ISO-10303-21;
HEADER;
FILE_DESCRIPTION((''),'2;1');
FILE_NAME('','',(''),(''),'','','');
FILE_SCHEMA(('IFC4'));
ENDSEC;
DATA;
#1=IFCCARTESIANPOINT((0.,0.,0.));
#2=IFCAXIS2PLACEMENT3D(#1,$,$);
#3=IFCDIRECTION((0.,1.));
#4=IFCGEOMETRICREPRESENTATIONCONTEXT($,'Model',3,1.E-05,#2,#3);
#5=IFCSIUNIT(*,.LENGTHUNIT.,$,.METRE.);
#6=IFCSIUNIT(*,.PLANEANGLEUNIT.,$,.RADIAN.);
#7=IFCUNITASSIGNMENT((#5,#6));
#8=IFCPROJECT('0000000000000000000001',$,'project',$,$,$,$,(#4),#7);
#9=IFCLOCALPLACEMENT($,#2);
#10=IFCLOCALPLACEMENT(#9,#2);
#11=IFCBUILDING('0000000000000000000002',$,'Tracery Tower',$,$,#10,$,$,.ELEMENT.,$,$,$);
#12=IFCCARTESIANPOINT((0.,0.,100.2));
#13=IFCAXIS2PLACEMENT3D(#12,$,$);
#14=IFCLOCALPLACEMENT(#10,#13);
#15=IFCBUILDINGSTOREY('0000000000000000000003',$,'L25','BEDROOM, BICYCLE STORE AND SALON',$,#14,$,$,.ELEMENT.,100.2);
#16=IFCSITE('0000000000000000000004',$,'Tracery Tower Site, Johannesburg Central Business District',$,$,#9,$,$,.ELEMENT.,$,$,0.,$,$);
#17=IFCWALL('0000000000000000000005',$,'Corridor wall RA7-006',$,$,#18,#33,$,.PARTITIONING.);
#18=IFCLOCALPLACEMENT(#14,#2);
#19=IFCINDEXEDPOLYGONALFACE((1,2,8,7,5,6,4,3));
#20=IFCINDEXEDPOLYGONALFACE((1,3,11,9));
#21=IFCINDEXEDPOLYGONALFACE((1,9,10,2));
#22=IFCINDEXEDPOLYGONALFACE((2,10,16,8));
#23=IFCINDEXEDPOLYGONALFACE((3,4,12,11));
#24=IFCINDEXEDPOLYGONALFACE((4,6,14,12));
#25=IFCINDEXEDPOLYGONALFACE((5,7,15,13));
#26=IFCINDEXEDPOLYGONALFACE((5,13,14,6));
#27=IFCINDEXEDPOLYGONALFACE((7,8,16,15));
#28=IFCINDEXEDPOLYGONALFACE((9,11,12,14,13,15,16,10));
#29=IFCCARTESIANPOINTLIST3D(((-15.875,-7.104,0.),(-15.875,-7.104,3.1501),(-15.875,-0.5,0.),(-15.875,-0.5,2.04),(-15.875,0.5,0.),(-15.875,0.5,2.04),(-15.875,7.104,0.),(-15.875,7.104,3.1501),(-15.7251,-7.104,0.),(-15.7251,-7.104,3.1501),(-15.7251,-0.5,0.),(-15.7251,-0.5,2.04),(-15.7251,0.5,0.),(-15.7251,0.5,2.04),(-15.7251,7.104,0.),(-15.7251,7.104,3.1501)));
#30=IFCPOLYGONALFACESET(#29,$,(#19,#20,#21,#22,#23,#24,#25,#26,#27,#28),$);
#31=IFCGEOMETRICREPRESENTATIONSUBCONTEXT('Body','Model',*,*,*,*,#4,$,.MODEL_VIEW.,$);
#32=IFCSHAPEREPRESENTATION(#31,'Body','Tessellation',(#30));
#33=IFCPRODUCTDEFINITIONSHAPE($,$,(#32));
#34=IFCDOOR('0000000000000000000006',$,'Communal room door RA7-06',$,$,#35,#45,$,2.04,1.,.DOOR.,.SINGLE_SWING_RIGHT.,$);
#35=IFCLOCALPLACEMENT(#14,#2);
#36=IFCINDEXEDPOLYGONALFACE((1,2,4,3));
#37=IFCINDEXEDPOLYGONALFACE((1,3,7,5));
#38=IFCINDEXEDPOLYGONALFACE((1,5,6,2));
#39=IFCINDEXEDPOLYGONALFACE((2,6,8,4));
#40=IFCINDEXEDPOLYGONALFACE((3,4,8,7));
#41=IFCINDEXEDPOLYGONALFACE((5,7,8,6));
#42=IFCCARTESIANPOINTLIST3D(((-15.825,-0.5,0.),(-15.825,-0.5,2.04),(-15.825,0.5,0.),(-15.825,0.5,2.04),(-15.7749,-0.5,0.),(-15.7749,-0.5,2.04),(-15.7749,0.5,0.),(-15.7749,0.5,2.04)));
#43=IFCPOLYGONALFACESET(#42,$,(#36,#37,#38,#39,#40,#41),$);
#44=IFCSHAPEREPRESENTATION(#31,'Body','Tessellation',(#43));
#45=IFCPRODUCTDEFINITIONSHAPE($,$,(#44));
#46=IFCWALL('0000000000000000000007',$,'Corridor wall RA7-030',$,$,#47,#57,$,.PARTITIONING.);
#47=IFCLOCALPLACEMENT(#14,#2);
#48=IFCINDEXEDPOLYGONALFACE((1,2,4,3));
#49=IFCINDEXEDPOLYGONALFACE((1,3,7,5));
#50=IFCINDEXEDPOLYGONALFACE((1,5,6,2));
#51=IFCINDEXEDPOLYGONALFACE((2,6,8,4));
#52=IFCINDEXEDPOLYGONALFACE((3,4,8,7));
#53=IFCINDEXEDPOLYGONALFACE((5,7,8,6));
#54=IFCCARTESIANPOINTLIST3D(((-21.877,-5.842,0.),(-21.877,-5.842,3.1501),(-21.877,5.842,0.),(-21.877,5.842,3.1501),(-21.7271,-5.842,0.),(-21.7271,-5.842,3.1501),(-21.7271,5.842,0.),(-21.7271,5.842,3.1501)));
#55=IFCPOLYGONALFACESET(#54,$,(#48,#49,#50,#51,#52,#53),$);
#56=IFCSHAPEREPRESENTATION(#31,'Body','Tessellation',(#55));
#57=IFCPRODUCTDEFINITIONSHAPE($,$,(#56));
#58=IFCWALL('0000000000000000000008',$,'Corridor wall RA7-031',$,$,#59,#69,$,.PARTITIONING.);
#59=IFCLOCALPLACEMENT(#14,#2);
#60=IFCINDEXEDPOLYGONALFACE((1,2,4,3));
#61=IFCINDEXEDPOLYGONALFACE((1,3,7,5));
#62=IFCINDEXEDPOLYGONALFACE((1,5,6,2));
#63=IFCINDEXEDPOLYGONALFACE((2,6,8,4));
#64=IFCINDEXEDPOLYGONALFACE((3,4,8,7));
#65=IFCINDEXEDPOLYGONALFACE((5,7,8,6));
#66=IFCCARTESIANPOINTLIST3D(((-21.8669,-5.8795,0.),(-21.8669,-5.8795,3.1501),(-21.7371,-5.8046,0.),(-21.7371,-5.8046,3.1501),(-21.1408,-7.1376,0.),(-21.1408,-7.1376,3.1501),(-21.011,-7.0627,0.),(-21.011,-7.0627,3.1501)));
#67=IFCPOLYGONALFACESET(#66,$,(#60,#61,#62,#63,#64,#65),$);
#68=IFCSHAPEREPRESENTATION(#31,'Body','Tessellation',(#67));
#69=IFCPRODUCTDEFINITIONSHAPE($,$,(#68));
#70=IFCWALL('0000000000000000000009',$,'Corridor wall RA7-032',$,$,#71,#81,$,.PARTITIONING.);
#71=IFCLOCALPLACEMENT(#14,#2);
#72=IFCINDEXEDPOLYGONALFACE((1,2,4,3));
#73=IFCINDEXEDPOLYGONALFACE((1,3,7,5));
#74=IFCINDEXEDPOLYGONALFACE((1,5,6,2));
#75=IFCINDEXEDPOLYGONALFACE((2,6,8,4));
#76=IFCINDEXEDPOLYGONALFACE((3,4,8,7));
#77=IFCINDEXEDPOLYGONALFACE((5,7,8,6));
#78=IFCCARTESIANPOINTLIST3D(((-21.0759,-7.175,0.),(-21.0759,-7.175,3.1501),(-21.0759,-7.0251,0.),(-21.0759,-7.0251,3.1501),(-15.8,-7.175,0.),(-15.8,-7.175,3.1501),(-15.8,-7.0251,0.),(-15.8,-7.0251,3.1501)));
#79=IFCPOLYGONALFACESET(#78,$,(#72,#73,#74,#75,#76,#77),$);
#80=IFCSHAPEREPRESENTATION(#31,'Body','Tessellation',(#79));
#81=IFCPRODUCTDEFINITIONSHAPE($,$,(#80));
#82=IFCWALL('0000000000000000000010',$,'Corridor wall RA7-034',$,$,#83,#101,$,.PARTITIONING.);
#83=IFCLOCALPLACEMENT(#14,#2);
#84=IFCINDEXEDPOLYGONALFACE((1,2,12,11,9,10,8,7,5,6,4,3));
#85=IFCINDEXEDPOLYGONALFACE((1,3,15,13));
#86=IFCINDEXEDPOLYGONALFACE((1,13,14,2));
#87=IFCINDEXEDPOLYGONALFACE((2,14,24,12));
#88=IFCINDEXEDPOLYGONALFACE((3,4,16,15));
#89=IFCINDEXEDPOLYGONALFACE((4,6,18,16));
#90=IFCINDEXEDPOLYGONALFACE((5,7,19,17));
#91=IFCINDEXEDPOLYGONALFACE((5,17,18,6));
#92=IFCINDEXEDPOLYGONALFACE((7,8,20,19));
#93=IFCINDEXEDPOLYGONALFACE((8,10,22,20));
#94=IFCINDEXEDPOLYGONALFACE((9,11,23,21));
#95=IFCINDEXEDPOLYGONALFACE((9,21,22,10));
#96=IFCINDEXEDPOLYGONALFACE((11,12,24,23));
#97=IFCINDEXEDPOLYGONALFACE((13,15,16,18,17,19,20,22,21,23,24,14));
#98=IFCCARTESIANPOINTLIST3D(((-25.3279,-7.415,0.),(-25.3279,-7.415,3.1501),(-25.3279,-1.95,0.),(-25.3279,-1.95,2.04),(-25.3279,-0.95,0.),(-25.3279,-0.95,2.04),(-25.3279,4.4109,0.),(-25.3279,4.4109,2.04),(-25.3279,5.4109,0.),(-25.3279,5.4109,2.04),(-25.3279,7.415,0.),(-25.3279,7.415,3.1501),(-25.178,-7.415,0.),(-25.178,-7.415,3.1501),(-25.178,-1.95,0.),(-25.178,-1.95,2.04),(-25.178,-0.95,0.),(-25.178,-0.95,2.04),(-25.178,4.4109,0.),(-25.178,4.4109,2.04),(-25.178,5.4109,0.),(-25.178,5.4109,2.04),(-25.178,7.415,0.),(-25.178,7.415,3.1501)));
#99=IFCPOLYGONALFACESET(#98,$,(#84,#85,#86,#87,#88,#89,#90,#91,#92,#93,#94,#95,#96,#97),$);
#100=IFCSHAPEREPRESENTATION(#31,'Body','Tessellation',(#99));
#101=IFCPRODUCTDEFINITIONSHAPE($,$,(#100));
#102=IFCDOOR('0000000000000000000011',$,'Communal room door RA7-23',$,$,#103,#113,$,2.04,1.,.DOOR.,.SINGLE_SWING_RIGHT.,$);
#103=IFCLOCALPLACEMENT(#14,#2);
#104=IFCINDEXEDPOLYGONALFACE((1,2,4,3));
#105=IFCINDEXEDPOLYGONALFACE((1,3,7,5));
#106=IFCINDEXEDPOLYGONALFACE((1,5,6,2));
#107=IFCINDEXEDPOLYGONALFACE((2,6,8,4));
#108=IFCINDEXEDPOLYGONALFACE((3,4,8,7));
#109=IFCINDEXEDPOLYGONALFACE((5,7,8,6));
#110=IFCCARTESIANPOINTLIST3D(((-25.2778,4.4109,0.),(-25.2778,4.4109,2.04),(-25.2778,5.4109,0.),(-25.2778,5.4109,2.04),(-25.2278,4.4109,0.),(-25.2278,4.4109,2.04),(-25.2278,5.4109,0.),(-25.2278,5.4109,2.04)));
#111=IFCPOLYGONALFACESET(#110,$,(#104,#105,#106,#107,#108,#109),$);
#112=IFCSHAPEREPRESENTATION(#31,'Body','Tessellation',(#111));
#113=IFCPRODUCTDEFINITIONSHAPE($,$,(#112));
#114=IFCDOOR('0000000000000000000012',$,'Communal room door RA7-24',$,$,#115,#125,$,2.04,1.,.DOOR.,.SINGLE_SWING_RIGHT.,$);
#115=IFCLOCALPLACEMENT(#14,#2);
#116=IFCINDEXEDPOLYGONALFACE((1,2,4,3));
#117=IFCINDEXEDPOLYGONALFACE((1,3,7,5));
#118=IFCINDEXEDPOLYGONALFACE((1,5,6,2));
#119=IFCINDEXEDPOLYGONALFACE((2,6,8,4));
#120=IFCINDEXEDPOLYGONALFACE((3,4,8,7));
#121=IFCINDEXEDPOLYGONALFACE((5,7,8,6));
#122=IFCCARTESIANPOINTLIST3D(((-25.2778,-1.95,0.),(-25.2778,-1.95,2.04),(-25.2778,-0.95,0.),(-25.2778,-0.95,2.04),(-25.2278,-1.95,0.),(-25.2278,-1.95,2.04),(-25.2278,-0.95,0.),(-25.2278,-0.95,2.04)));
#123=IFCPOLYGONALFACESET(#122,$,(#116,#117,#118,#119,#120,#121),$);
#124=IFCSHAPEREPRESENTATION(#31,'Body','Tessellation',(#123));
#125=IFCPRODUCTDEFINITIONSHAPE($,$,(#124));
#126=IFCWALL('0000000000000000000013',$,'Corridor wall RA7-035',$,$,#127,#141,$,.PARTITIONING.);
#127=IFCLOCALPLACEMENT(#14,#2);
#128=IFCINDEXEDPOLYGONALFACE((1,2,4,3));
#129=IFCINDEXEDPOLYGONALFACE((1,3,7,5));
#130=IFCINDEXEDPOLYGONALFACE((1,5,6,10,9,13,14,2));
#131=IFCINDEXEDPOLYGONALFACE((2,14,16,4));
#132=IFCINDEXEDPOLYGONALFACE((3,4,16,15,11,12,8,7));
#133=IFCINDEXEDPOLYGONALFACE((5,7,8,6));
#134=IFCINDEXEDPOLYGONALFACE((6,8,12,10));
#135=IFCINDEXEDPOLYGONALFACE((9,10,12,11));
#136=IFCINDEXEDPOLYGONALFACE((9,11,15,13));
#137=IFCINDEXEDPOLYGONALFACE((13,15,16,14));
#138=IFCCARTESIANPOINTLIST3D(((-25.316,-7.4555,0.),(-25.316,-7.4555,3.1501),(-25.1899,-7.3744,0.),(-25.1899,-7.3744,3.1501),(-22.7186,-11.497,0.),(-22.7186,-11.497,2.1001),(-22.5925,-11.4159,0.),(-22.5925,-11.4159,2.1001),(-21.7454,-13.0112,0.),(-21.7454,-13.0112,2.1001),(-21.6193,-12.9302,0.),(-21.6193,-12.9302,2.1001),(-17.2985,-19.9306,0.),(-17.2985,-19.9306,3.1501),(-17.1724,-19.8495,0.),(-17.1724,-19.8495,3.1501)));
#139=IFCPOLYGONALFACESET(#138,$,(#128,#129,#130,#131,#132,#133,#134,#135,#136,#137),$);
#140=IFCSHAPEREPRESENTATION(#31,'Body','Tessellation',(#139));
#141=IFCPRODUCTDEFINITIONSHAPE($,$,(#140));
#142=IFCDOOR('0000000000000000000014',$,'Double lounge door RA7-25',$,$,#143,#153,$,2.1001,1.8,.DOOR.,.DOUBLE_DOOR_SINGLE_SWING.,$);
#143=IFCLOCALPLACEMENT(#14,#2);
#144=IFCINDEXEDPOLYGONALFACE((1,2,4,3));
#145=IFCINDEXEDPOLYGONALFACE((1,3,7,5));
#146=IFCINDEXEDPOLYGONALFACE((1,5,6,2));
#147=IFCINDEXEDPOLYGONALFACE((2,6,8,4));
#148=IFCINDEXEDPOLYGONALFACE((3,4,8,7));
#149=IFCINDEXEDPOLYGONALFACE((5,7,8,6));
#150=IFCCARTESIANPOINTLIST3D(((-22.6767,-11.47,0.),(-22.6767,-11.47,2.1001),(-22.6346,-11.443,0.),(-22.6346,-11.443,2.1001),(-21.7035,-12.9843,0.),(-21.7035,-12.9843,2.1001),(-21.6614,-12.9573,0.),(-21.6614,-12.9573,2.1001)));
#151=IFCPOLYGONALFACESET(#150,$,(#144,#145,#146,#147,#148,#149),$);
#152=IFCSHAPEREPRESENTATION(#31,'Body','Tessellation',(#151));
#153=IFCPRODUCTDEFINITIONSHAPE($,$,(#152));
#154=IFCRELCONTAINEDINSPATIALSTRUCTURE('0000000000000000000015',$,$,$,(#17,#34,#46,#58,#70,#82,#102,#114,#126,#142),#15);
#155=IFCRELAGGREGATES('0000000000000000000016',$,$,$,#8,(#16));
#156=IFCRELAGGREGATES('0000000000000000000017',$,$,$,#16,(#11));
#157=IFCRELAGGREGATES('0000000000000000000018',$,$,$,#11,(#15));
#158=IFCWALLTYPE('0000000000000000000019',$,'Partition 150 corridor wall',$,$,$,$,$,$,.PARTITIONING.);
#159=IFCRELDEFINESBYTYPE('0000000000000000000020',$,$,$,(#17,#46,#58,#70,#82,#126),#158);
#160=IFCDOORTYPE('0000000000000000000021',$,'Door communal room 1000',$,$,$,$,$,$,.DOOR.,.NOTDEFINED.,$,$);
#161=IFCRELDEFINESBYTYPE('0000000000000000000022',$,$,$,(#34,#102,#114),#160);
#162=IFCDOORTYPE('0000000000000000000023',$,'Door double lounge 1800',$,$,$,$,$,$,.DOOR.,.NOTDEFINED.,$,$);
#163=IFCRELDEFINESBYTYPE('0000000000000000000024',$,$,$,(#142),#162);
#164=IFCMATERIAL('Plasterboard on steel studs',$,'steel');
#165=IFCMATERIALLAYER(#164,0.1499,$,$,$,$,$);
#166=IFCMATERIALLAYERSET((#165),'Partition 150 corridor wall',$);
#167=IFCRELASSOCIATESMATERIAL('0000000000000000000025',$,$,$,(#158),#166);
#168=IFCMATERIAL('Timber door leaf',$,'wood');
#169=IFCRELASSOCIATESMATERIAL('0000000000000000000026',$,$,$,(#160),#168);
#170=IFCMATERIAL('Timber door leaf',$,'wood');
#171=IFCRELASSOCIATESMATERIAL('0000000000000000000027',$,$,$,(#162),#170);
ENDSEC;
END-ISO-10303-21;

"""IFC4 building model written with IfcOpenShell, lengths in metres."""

from ifc_helpers import new_model, si_unit, direction, frame, frame_2d, origin, place, context, subcontext, project, spatial, rectangle, extrude, material, layer, layer_set, type_object, element, fill, save


model = new_model("IFC4")

# Units and contexts
model_context = context("Model", 3, precision=1e-05, world=origin(), true_north=direction((0.0, 1.0)))
body_context = subcontext(model_context, "Body", "Model", "MODEL_VIEW")
ifc_project = project(units=[si_unit("LENGTHUNIT", "METRE"), si_unit("PLANEANGLEUNIT", "RADIAN")], contexts=[model_context])

# Site, building, storey
site_placement = place(None, origin())
site = spatial("IfcSite", under=ifc_project, at=site_placement, Name="Tracery Tower Site, Johannesburg Central Business District", CompositionType="ELEMENT", RefElevation=0.0)
building_placement = place(site_placement, origin())
building = spatial("IfcBuilding", under=site, at=building_placement, Name="Tracery Tower", CompositionType="ELEMENT")
storey_placement = place(building_placement, frame((0.0, 0.0, 100.2)))
storey = spatial("IfcBuildingStorey", under=building, at=storey_placement, Name="L25", Description="BEDROOM, BICYCLE STORE AND SALON", CompositionType="ELEMENT", Elevation=100.2)

# Wall, opening, door
ifc_material_1 = material(Name="Plasterboard on steel studs", Category="steel")
ifc_layer_1 = layer(ifc_material_1, 0.1499)
ifc_layer_set_1 = layer_set([ifc_layer_1], Name="Partition 150 corridor wall")
wall_type_1 = type_object("IfcWallType", Name="Partition 150 corridor wall", PredefinedType="PARTITIONING", material=ifc_layer_set_1)
ifc_material_2 = material(Name="Timber door leaf", Category="wood")
door_type_1 = type_object("IfcDoorType", Name="Door communal room 1000", OperationType="NOTDEFINED", PredefinedType="DOOR", material=ifc_material_2)
wall_1_placement = place(storey_placement, frame((-15.8, -7.104, 0.0), z_axis=(0.0, 0.0, 1.0), x_axis=(0.0, 1.0, 0.0)))
wall_1 = element("IfcWall", 1, at=wall_1_placement, inside=storey, type_object=wall_type_1, Name="Corridor wall RA7-006", PredefinedType="PARTITIONING", context=body_context, shape_type="SweptSolid", body=[
    extrude(rectangle(XDim=14.208, YDim=0.1499, at=frame_2d((7.104, 0.0))), origin(), (0.0, 0.0, 1.0), 3.1501),
])
opening_1_placement = place(wall_1_placement, frame((6.604, 0.0, 0.0)))
opening_1 = element("IfcOpeningElement", 2, at=opening_1_placement, cuts=wall_1, PredefinedType="OPENING", context=body_context, shape_type="SweptSolid", body=[
    extrude(rectangle(XDim=1.0, YDim=2.04, at=frame_2d((0.5, 1.02))), frame((0.0, 0.075, 0.0), z_axis=(0.0, -1.0, 0.0), x_axis=(1.0, 0.0, 0.0)), (0.0, 0.0, 1.0), 0.1499),
])
door_1_placement = place(opening_1_placement, origin())
door_1 = element("IfcDoor", 3, at=door_1_placement, inside=storey, type_object=door_type_1, Name="Communal room door RA7-06", OperationType="SINGLE_SWING_RIGHT", OverallHeight=2.04, OverallWidth=1.0, PredefinedType="DOOR", context=body_context, shape_type="SweptSolid", body=[
    extrude(rectangle(XDim=1.0, YDim=2.04, at=frame_2d((0.5, 1.02))), frame((0.0, 0.0249, 0.0), z_axis=(0.0, -1.0, 0.0), x_axis=(1.0, 0.0, 0.0)), (0.0, 0.0, 1.0), 0.05),
])
fill(opening_1, door_1)

# Walls
wall_2_placement = place(storey_placement, frame((-21.802, -5.842, 0.0), z_axis=(0.0, 0.0, 1.0), x_axis=(0.0, 1.0, 0.0)))
element("IfcWall", 4, at=wall_2_placement, inside=storey, type_object=wall_type_1, Name="Corridor wall RA7-030", PredefinedType="PARTITIONING", context=body_context, shape_type="SweptSolid", body=[
    extrude(rectangle(XDim=11.6841, YDim=0.1499, at=frame_2d((5.842, 0.0))), origin(), (0.0, 0.0, 1.0), 3.1501),
])
wall_3_placement = place(storey_placement, frame((-21.802, -5.842, 0.0), z_axis=(0.0, 0.0, 1.0), x_axis=(0.499863, -0.866104, 0.0)))
element("IfcWall", 5, at=wall_3_placement, inside=storey, type_object=wall_type_1, Name="Corridor wall RA7-031", PredefinedType="PARTITIONING", context=body_context, shape_type="SweptSolid", body=[
    extrude(rectangle(XDim=1.4526, YDim=0.1499, at=frame_2d((0.7263, 0.0))), origin(), (0.0, 0.0, 1.0), 3.1501),
])
wall_4_placement = place(storey_placement, frame((-21.0759, -7.1001, 0.0), z_axis=(0.0, 0.0, 1.0), x_axis=(1.0, 0.0, 0.0)))
element("IfcWall", 6, at=wall_4_placement, inside=storey, type_object=wall_type_1, Name="Corridor wall RA7-032", PredefinedType="PARTITIONING", context=body_context, shape_type="SweptSolid", body=[
    extrude(rectangle(XDim=5.2759, YDim=0.1499, at=frame_2d((2.6379, 0.0))), origin(), (0.0, 0.0, 1.0), 3.1501),
])

# Wall, openings, doors
wall_5_placement = place(storey_placement, frame((-25.2529, -7.415, 0.0), z_axis=(0.0, 0.0, 1.0), x_axis=(0.0, 1.0, 0.0)))
wall_5 = element("IfcWall", 7, at=wall_5_placement, inside=storey, type_object=wall_type_1, Name="Corridor wall RA7-034", PredefinedType="PARTITIONING", context=body_context, shape_type="SweptSolid", body=[
    extrude(rectangle(XDim=14.8301, YDim=0.1499, at=frame_2d((7.415, 0.0))), origin(), (0.0, 0.0, 1.0), 3.1501),
])
opening_2_placement = place(wall_5_placement, frame((11.8259, 0.0, 0.0)))
opening_2 = element("IfcOpeningElement", 8, at=opening_2_placement, cuts=wall_5, PredefinedType="OPENING", context=body_context, shape_type="SweptSolid", body=[
    extrude(rectangle(XDim=1.0, YDim=2.04, at=frame_2d((0.5, 1.02))), frame((0.0, 0.075, 0.0), z_axis=(0.0, -1.0, 0.0), x_axis=(1.0, 0.0, 0.0)), (0.0, 0.0, 1.0), 0.1499),
])
opening_3_placement = place(wall_5_placement, frame((5.4651, 0.0, 0.0)))
opening_3 = element("IfcOpeningElement", 9, at=opening_3_placement, cuts=wall_5, PredefinedType="OPENING", context=body_context, shape_type="SweptSolid", body=[
    extrude(rectangle(XDim=1.0, YDim=2.04, at=frame_2d((0.5, 1.02))), frame((0.0, 0.075, 0.0), z_axis=(0.0, -1.0, 0.0), x_axis=(1.0, 0.0, 0.0)), (0.0, 0.0, 1.0), 0.1499),
])
door_2_placement = place(opening_2_placement, origin())
door_2 = element("IfcDoor", 10, at=door_2_placement, inside=storey, type_object=door_type_1, Name="Communal room door RA7-23", OperationType="SINGLE_SWING_RIGHT", OverallHeight=2.04, OverallWidth=1.0, PredefinedType="DOOR", context=body_context, shape_type="SweptSolid", body=[
    extrude(rectangle(XDim=1.0, YDim=2.04, at=frame_2d((0.5, 1.02))), frame((0.0, 0.0249, 0.0), z_axis=(0.0, -1.0, 0.0), x_axis=(1.0, 0.0, 0.0)), (0.0, 0.0, 1.0), 0.05),
])
fill(opening_2, door_2)
door_3_placement = place(opening_3_placement, origin())
door_3 = element("IfcDoor", 11, at=door_3_placement, inside=storey, type_object=door_type_1, Name="Communal room door RA7-24", OperationType="SINGLE_SWING_RIGHT", OverallHeight=2.04, OverallWidth=1.0, PredefinedType="DOOR", context=body_context, shape_type="SweptSolid", body=[
    extrude(rectangle(XDim=1.0, YDim=2.04, at=frame_2d((0.5, 1.02))), frame((0.0, 0.0249, 0.0), z_axis=(0.0, -1.0, 0.0), x_axis=(1.0, 0.0, 0.0)), (0.0, 0.0, 1.0), 0.05),
])
fill(opening_3, door_3)

# Wall, opening, door
wall_6_placement = place(storey_placement, frame((-25.2529, -7.415, 0.0), z_axis=(0.0, 0.0, 1.0), x_axis=(0.540656, -0.841244, 0.0)))
wall_6 = element("IfcWall", 12, at=wall_6_placement, inside=storey, type_object=wall_type_1, Name="Corridor wall RA7-035", PredefinedType="PARTITIONING", context=body_context, shape_type="SweptSolid", body=[
    extrude(rectangle(XDim=14.8293, YDim=0.1499, at=frame_2d((7.4146, 0.0))), origin(), (0.0, 0.0, 1.0), 3.1501),
])
opening_4_placement = place(wall_6_placement, frame((4.8042, 0.0, 0.0)))
opening_4 = element("IfcOpeningElement", 13, at=opening_4_placement, cuts=wall_6, PredefinedType="OPENING", context=body_context, shape_type="SweptSolid", body=[
    extrude(rectangle(XDim=1.8, YDim=2.1001, at=frame_2d((0.8999, 1.05))), frame((0.0, 0.075, 0.0), z_axis=(0.0, -1.0, 0.0), x_axis=(1.0, 0.0, 0.0)), (0.0, 0.0, 1.0), 0.1499),
])
ifc_material_3 = material(Name="Timber door leaf", Category="wood")
door_type_2 = type_object("IfcDoorType", Name="Door double lounge 1800", OperationType="NOTDEFINED", PredefinedType="DOOR", material=ifc_material_3)
door_4_placement = place(opening_4_placement, origin())
door_4 = element("IfcDoor", 14, at=door_4_placement, inside=storey, type_object=door_type_2, Name="Double lounge door RA7-25", OperationType="DOUBLE_DOOR_SINGLE_SWING", OverallHeight=2.1001, OverallWidth=1.8, PredefinedType="DOOR", context=body_context, shape_type="SweptSolid", body=[
    extrude(rectangle(XDim=1.8, YDim=2.1001, at=frame_2d((0.8999, 1.05))), frame((0.0, 0.0249, 0.0), z_axis=(0.0, -1.0, 0.0), x_axis=(1.0, 0.0, 0.0)), (0.0, 0.0, 1.0), 0.05),
])
fill(opening_4, door_4)

save(model, "model.ifc")
